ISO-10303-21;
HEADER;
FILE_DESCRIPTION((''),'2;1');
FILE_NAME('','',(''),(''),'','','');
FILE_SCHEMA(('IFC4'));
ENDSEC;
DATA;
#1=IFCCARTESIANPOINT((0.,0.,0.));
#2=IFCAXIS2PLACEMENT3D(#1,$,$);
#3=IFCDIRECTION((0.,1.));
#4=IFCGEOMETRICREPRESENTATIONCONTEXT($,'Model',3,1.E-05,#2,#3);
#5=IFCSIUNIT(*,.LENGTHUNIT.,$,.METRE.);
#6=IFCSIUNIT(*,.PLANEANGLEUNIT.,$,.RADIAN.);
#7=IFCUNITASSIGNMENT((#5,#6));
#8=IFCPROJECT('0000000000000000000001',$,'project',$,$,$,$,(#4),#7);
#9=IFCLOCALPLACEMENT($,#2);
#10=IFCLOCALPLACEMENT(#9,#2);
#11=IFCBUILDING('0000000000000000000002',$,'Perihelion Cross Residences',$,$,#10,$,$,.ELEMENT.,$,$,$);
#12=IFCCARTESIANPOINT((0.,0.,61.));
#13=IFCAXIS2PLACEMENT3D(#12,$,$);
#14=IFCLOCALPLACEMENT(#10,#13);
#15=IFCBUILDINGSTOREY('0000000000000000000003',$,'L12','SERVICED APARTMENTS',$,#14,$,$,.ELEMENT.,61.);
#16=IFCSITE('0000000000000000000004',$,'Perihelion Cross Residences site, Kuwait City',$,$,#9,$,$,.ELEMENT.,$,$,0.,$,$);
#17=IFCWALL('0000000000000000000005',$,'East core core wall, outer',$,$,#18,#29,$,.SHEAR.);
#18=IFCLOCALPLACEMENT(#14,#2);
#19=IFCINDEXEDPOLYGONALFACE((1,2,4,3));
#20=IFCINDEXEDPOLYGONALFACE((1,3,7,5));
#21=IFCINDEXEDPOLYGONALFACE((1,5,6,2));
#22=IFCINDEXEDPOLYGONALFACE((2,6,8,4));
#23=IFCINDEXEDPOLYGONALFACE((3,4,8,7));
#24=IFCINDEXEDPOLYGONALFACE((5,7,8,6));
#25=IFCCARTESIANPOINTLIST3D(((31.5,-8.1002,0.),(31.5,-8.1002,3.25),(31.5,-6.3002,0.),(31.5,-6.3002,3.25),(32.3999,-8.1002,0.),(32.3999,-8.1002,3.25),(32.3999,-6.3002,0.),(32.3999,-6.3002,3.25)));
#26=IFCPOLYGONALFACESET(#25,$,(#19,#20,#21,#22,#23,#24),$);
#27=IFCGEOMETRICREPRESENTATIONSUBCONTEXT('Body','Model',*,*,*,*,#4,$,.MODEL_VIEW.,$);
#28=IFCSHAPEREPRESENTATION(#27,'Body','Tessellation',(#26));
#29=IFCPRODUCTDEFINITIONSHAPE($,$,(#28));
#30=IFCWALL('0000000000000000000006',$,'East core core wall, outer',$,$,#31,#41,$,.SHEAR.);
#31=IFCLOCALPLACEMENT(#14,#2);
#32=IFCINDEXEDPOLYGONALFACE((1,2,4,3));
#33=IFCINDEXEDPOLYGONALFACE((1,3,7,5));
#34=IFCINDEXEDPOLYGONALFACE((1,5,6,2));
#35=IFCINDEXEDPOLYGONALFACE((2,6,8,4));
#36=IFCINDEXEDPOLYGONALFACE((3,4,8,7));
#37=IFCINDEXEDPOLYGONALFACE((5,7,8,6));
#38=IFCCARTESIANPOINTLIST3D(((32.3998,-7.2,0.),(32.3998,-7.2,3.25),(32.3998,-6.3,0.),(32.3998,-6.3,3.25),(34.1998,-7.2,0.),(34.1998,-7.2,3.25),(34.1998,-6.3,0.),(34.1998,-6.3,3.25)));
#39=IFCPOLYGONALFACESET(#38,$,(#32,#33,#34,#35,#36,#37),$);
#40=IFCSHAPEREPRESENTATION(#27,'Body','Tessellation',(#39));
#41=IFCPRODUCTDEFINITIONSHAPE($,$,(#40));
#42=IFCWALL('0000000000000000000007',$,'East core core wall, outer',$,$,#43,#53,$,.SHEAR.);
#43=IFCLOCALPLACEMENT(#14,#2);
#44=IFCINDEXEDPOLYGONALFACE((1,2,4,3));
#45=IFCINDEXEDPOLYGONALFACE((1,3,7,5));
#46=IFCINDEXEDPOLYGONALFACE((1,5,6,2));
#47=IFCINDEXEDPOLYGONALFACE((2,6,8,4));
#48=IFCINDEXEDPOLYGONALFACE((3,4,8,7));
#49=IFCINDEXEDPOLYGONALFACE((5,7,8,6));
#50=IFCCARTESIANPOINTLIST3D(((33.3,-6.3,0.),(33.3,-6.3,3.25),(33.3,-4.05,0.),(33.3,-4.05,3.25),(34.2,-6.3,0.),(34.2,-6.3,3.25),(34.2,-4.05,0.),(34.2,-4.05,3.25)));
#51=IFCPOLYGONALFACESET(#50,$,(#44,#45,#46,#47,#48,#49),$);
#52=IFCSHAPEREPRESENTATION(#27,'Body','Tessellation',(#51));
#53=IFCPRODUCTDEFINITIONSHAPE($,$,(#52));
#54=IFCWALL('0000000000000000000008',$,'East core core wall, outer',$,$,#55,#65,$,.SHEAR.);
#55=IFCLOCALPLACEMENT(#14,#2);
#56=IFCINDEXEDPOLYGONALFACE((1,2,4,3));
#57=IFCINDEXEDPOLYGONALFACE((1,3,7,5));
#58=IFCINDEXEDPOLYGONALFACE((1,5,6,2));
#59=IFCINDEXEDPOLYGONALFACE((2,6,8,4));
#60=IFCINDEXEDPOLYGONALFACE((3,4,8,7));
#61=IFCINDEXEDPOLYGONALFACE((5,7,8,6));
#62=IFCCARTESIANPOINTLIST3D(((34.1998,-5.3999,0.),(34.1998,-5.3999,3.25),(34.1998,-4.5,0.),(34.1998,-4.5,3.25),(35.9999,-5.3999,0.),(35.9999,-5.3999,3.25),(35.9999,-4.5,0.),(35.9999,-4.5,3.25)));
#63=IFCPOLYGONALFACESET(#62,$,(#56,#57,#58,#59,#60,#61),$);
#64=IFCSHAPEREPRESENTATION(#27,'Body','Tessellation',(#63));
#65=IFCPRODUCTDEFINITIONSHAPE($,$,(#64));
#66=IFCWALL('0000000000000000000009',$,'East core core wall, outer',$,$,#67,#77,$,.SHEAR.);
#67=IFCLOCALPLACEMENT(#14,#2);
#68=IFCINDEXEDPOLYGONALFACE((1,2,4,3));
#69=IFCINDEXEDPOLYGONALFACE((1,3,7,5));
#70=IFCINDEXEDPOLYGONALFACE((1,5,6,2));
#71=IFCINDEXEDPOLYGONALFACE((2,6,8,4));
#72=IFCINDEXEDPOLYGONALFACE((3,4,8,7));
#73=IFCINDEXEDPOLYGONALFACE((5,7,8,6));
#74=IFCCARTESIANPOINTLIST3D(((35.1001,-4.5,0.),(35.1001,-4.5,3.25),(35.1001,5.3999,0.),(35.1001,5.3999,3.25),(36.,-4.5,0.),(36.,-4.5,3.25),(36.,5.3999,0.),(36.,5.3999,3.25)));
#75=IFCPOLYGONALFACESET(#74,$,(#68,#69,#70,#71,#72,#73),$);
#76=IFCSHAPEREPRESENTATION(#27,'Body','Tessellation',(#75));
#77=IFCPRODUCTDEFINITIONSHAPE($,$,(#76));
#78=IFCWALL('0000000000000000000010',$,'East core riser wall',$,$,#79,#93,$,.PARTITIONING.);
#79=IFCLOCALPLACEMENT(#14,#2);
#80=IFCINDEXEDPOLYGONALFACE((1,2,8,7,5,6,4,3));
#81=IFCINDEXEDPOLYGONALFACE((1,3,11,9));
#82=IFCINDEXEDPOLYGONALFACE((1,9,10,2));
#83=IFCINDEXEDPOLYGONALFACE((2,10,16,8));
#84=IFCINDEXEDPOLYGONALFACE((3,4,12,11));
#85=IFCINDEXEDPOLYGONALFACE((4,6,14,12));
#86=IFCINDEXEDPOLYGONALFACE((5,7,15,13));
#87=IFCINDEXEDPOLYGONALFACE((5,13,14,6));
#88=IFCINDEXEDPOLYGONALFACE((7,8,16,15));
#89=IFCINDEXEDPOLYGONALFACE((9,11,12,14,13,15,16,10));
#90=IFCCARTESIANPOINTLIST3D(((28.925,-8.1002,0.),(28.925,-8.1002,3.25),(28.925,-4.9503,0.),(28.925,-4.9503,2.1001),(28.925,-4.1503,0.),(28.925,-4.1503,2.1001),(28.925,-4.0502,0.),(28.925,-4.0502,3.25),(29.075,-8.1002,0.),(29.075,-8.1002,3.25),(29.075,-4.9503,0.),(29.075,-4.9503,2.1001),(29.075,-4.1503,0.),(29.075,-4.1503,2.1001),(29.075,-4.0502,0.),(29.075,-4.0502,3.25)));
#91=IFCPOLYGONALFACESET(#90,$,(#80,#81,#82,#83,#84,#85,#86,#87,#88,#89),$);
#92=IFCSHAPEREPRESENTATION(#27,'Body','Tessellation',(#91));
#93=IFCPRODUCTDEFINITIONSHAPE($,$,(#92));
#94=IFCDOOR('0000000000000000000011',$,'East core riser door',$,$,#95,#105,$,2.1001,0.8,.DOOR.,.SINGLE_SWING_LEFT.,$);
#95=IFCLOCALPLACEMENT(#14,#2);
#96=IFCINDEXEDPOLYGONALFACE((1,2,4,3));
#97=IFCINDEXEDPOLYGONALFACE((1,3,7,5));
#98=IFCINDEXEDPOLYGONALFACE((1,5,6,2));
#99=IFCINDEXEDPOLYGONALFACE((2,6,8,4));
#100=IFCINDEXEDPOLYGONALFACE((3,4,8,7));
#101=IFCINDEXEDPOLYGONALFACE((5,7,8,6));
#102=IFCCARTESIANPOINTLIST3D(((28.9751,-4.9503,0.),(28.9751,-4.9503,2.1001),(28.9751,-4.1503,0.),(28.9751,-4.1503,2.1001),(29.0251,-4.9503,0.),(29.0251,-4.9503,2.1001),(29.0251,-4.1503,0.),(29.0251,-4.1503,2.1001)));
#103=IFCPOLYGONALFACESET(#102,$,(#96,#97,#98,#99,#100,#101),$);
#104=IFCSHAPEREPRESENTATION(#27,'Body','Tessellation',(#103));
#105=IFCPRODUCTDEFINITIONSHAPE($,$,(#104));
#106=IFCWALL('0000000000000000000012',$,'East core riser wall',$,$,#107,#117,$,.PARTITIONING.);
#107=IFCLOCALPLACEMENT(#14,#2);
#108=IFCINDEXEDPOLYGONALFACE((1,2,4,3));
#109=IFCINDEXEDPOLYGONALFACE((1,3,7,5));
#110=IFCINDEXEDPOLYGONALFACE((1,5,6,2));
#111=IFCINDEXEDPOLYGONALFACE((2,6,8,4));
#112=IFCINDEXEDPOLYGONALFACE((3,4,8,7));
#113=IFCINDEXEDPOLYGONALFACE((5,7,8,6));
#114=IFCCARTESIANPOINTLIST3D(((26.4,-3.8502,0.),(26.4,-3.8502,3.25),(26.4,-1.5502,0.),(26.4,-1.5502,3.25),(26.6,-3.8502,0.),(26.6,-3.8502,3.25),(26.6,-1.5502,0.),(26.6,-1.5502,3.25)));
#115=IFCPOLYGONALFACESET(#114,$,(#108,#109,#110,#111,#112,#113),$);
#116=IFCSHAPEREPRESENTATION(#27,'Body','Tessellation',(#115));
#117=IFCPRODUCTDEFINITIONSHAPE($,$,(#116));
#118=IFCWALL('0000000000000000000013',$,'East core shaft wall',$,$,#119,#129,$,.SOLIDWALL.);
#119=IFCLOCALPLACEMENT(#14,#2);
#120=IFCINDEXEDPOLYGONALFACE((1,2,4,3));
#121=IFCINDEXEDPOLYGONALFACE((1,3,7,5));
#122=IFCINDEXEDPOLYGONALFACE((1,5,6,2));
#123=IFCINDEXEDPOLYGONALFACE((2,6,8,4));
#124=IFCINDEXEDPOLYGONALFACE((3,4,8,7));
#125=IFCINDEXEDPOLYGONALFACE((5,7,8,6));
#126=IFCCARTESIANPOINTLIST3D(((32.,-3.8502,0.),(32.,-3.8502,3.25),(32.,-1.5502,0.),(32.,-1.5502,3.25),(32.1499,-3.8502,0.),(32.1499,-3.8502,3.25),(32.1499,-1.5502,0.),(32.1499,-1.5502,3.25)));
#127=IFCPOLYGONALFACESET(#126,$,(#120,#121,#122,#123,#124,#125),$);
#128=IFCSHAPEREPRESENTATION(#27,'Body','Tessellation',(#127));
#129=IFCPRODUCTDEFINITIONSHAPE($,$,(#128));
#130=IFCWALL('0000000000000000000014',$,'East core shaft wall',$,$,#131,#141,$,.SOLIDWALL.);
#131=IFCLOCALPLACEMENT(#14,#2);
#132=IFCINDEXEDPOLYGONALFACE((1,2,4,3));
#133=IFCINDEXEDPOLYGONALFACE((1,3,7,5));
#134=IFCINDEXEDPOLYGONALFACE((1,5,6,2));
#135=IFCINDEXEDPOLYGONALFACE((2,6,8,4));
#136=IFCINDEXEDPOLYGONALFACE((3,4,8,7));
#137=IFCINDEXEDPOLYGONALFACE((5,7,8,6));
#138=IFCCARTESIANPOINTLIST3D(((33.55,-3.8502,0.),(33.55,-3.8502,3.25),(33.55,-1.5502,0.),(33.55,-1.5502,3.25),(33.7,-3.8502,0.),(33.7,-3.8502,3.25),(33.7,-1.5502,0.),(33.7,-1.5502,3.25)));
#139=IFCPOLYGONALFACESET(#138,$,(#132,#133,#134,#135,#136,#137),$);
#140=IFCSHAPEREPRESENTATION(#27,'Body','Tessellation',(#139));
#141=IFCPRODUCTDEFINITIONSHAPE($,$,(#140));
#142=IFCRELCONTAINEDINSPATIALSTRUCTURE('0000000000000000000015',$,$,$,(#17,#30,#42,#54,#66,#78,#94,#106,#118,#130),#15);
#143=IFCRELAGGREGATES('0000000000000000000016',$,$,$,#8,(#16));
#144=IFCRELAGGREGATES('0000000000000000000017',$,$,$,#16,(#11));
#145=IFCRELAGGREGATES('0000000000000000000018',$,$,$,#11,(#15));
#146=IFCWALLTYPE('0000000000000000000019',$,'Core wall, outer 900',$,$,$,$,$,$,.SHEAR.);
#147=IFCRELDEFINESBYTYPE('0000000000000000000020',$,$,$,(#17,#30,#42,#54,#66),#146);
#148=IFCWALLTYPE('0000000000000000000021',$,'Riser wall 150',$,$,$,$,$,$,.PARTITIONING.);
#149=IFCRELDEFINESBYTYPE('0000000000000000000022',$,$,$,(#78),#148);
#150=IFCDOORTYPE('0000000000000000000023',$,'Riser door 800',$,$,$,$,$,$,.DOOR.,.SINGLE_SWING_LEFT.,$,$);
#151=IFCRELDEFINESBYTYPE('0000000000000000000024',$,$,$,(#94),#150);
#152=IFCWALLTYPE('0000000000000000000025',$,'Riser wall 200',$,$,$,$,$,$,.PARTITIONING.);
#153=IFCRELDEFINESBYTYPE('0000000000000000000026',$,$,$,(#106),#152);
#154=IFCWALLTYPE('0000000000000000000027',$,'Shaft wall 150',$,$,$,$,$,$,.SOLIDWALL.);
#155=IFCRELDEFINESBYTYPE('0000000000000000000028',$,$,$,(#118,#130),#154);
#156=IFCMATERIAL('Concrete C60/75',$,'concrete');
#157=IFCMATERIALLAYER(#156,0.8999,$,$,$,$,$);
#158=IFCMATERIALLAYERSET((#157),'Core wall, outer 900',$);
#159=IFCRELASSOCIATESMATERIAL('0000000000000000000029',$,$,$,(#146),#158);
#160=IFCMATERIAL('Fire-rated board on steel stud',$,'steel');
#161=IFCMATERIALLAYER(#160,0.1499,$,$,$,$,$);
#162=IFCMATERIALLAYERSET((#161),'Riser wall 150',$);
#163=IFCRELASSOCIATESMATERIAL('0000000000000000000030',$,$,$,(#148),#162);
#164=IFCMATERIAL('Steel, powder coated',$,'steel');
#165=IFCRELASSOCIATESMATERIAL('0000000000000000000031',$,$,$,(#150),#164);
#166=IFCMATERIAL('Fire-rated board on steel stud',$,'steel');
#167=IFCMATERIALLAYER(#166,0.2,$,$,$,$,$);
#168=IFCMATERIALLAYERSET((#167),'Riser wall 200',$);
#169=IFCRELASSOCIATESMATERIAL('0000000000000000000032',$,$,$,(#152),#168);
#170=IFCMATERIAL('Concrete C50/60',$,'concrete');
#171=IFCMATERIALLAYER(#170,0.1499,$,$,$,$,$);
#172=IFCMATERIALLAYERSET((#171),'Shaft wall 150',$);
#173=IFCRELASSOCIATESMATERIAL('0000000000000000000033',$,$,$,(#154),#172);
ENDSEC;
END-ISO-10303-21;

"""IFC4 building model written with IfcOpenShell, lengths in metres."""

from ifc_helpers import new_model, si_unit, direction, frame, frame_2d, origin, place, context, subcontext, project, spatial, rectangle, extrude, material, layer, layer_set, type_object, element, fill, save


model = new_model("IFC4")

# Units and contexts
model_context = context("Model", 3, precision=1e-05, world=origin(), true_north=direction((0.0, 1.0)))
body_context = subcontext(model_context, "Body", "Model", "MODEL_VIEW")
ifc_project = project(units=[si_unit("LENGTHUNIT", "METRE"), si_unit("PLANEANGLEUNIT", "RADIAN")], contexts=[model_context])

# Site, building, storey
site_placement = place(None, origin())
site = spatial("IfcSite", under=ifc_project, at=site_placement, Name="Perihelion Cross Residences site, Kuwait City", CompositionType="ELEMENT", RefElevation=0.0)
building_placement = place(site_placement, origin())
building = spatial("IfcBuilding", under=site, at=building_placement, Name="Perihelion Cross Residences", CompositionType="ELEMENT")
storey_placement = place(building_placement, frame((0.0, 0.0, 61.0)))
storey = spatial("IfcBuildingStorey", under=building, at=storey_placement, Name="L12", Description="SERVICED APARTMENTS", CompositionType="ELEMENT", Elevation=61.0)

# Walls
ifc_material_1 = material(Name="Concrete C60/75", Category="concrete")
ifc_layer_1 = layer(ifc_material_1, 0.8999)
ifc_layer_set_1 = layer_set([ifc_layer_1], Name="Core wall, outer 900")
wall_type_1 = type_object("IfcWallType", Name="Core wall, outer 900", PredefinedType="SHEAR", material=ifc_layer_set_1)
for number, where, z_axis, x_axis, name in (
    (1, (31.95, -8.1001, 0.0), (0.0, 0.0, 1.0), (0.0, 1.0, 0.0), "East core core wall, outer"),
    (2, (32.3999, -6.75, 0.0), (0.0, 0.0, 1.0), (1.0, 0.0, 0.0), "East core core wall, outer"),
):
    element("IfcWall", number, at=place(storey_placement, frame(where, z_axis=z_axis, x_axis=x_axis)), inside=storey, type_object=wall_type_1, Name=name, PredefinedType="SHEAR", context=body_context, shape_type="SweptSolid", body=[
        extrude(rectangle(XDim=1.8, YDim=0.8999, at=frame_2d((0.8999, 0.0))), origin(), (0.0, 0.0, 1.0), 3.25),
    ])
wall_1_placement = place(storey_placement, frame((33.75, -6.3, 0.0), z_axis=(0.0, 0.0, 1.0), x_axis=(0.0, 1.0, 0.0)))
element("IfcWall", 3, at=wall_1_placement, inside=storey, type_object=wall_type_1, Name="East core core wall, outer", PredefinedType="SHEAR", context=body_context, shape_type="SweptSolid", body=[
    extrude(rectangle(XDim=2.25, YDim=0.8999, at=frame_2d((1.125, 0.0))), origin(), (0.0, 0.0, 1.0), 3.25),
])
wall_2_placement = place(storey_placement, frame((34.2, -4.95, 0.0), z_axis=(0.0, 0.0, 1.0), x_axis=(1.0, 0.0, 0.0)))
element("IfcWall", 4, at=wall_2_placement, inside=storey, type_object=wall_type_1, Name="East core core wall, outer", PredefinedType="SHEAR", context=body_context, shape_type="SweptSolid", body=[
    extrude(rectangle(XDim=1.8, YDim=0.8999, at=frame_2d((0.8999, 0.0))), origin(), (0.0, 0.0, 1.0), 3.25),
])
wall_3_placement = place(storey_placement, frame((35.55, -4.5, 0.0), z_axis=(0.0, 0.0, 1.0), x_axis=(0.0, 1.0, 0.0)))
element("IfcWall", 5, at=wall_3_placement, inside=storey, type_object=wall_type_1, Name="East core core wall, outer", PredefinedType="SHEAR", context=body_context, shape_type="SweptSolid", body=[
    extrude(rectangle(XDim=9.8999, YDim=0.8999, at=frame_2d((4.95, 0.0))), origin(), (0.0, 0.0, 1.0), 3.25),
])

# Wall, opening, door
ifc_material_2 = material(Name="Fire-rated board on steel stud", Category="steel")
ifc_layer_2 = layer(ifc_material_2, 0.1499)
ifc_layer_set_2 = layer_set([ifc_layer_2], Name="Riser wall 150")
wall_type_2 = type_object("IfcWallType", Name="Riser wall 150", PredefinedType="PARTITIONING", material=ifc_layer_set_2)
wall_4_placement = place(storey_placement, frame((29.0, -8.1001, 0.0), z_axis=(0.0, 0.0, 1.0), x_axis=(0.0, 1.0, 0.0)))
wall_4 = element("IfcWall", 6, at=wall_4_placement, inside=storey, type_object=wall_type_2, Name="East core riser wall", PredefinedType="PARTITIONING", context=body_context, shape_type="SweptSolid", body=[
    extrude(rectangle(XDim=4.05, YDim=0.1499, at=frame_2d((2.0249, 0.0))), origin(), (0.0, 0.0, 1.0), 3.25),
])
opening_1_placement = place(wall_4_placement, frame((3.1499, 0.0, 0.0)))
opening_1 = element("IfcOpeningElement", 7, at=opening_1_placement, cuts=wall_4, PredefinedType="OPENING", context=body_context, shape_type="SweptSolid", body=[
    extrude(rectangle(XDim=0.8, YDim=2.1001, at=frame_2d((0.3999, 1.05))), frame((0.0, 0.085, 0.0), z_axis=(0.0, -1.0, 0.0), x_axis=(1.0, 0.0, 0.0)), (0.0, 0.0, 1.0), 0.1699),
])
ifc_material_3 = material(Name="Steel, powder coated", Category="steel")
door_type_1 = type_object("IfcDoorType", Name="Riser door 800", OperationType="SINGLE_SWING_LEFT", PredefinedType="DOOR", material=ifc_material_3)
door_1_placement = place(opening_1_placement, origin())
door_1 = element("IfcDoor", 8, at=door_1_placement, inside=storey, type_object=door_type_1, Name="East core riser door", OperationType="SINGLE_SWING_LEFT", OverallHeight=2.1001, OverallWidth=0.8, PredefinedType="DOOR", context=body_context, shape_type="SweptSolid", body=[
    extrude(rectangle(XDim=0.8, YDim=2.1001, at=frame_2d((0.3999, 1.05))), frame((0.0, 0.0249, 0.0), z_axis=(0.0, -1.0, 0.0), x_axis=(1.0, 0.0, 0.0)), (0.0, 0.0, 1.0), 0.05),
])
fill(opening_1, door_1)

# Walls
ifc_material_4 = material(Name="Fire-rated board on steel stud", Category="steel")
ifc_layer_3 = layer(ifc_material_4, 0.2)
ifc_layer_set_3 = layer_set([ifc_layer_3], Name="Riser wall 200")
wall_type_3 = type_object("IfcWallType", Name="Riser wall 200", PredefinedType="PARTITIONING", material=ifc_layer_set_3)
wall_5_placement = place(storey_placement, frame((26.5, -3.8501, 0.0), z_axis=(0.0, 0.0, 1.0), x_axis=(0.0, 1.0, 0.0)))
element("IfcWall", 9, at=wall_5_placement, inside=storey, type_object=wall_type_3, Name="East core riser wall", PredefinedType="PARTITIONING", context=body_context, shape_type="SweptSolid", body=[
    extrude(rectangle(XDim=2.3, YDim=0.2, at=frame_2d((1.1499, 0.0))), origin(), (0.0, 0.0, 1.0), 3.25),
])
ifc_material_5 = material(Name="Concrete C50/60", Category="concrete")
ifc_layer_4 = layer(ifc_material_5, 0.1499)
ifc_layer_set_4 = layer_set([ifc_layer_4], Name="Shaft wall 150")
wall_type_4 = type_object("IfcWallType", Name="Shaft wall 150", PredefinedType="SOLIDWALL", material=ifc_layer_set_4)
for number, where, z_axis, x_axis, name in (
    (10, (32.075, -3.8501, 0.0), (0.0, 0.0, 1.0), (0.0, 1.0, 0.0), "East core shaft wall"),
    (11, (33.625, -3.8501, 0.0), (0.0, 0.0, 1.0), (0.0, 1.0, 0.0), "East core shaft wall"),
):
    element("IfcWall", number, at=place(storey_placement, frame(where, z_axis=z_axis, x_axis=x_axis)), inside=storey, type_object=wall_type_4, Name=name, PredefinedType="SOLIDWALL", context=body_context, shape_type="SweptSolid", body=[
        extrude(rectangle(XDim=2.3, YDim=0.1499, at=frame_2d((1.1499, 0.0))), origin(), (0.0, 0.0, 1.0), 3.25),
    ])

save(model, "model.ifc")
